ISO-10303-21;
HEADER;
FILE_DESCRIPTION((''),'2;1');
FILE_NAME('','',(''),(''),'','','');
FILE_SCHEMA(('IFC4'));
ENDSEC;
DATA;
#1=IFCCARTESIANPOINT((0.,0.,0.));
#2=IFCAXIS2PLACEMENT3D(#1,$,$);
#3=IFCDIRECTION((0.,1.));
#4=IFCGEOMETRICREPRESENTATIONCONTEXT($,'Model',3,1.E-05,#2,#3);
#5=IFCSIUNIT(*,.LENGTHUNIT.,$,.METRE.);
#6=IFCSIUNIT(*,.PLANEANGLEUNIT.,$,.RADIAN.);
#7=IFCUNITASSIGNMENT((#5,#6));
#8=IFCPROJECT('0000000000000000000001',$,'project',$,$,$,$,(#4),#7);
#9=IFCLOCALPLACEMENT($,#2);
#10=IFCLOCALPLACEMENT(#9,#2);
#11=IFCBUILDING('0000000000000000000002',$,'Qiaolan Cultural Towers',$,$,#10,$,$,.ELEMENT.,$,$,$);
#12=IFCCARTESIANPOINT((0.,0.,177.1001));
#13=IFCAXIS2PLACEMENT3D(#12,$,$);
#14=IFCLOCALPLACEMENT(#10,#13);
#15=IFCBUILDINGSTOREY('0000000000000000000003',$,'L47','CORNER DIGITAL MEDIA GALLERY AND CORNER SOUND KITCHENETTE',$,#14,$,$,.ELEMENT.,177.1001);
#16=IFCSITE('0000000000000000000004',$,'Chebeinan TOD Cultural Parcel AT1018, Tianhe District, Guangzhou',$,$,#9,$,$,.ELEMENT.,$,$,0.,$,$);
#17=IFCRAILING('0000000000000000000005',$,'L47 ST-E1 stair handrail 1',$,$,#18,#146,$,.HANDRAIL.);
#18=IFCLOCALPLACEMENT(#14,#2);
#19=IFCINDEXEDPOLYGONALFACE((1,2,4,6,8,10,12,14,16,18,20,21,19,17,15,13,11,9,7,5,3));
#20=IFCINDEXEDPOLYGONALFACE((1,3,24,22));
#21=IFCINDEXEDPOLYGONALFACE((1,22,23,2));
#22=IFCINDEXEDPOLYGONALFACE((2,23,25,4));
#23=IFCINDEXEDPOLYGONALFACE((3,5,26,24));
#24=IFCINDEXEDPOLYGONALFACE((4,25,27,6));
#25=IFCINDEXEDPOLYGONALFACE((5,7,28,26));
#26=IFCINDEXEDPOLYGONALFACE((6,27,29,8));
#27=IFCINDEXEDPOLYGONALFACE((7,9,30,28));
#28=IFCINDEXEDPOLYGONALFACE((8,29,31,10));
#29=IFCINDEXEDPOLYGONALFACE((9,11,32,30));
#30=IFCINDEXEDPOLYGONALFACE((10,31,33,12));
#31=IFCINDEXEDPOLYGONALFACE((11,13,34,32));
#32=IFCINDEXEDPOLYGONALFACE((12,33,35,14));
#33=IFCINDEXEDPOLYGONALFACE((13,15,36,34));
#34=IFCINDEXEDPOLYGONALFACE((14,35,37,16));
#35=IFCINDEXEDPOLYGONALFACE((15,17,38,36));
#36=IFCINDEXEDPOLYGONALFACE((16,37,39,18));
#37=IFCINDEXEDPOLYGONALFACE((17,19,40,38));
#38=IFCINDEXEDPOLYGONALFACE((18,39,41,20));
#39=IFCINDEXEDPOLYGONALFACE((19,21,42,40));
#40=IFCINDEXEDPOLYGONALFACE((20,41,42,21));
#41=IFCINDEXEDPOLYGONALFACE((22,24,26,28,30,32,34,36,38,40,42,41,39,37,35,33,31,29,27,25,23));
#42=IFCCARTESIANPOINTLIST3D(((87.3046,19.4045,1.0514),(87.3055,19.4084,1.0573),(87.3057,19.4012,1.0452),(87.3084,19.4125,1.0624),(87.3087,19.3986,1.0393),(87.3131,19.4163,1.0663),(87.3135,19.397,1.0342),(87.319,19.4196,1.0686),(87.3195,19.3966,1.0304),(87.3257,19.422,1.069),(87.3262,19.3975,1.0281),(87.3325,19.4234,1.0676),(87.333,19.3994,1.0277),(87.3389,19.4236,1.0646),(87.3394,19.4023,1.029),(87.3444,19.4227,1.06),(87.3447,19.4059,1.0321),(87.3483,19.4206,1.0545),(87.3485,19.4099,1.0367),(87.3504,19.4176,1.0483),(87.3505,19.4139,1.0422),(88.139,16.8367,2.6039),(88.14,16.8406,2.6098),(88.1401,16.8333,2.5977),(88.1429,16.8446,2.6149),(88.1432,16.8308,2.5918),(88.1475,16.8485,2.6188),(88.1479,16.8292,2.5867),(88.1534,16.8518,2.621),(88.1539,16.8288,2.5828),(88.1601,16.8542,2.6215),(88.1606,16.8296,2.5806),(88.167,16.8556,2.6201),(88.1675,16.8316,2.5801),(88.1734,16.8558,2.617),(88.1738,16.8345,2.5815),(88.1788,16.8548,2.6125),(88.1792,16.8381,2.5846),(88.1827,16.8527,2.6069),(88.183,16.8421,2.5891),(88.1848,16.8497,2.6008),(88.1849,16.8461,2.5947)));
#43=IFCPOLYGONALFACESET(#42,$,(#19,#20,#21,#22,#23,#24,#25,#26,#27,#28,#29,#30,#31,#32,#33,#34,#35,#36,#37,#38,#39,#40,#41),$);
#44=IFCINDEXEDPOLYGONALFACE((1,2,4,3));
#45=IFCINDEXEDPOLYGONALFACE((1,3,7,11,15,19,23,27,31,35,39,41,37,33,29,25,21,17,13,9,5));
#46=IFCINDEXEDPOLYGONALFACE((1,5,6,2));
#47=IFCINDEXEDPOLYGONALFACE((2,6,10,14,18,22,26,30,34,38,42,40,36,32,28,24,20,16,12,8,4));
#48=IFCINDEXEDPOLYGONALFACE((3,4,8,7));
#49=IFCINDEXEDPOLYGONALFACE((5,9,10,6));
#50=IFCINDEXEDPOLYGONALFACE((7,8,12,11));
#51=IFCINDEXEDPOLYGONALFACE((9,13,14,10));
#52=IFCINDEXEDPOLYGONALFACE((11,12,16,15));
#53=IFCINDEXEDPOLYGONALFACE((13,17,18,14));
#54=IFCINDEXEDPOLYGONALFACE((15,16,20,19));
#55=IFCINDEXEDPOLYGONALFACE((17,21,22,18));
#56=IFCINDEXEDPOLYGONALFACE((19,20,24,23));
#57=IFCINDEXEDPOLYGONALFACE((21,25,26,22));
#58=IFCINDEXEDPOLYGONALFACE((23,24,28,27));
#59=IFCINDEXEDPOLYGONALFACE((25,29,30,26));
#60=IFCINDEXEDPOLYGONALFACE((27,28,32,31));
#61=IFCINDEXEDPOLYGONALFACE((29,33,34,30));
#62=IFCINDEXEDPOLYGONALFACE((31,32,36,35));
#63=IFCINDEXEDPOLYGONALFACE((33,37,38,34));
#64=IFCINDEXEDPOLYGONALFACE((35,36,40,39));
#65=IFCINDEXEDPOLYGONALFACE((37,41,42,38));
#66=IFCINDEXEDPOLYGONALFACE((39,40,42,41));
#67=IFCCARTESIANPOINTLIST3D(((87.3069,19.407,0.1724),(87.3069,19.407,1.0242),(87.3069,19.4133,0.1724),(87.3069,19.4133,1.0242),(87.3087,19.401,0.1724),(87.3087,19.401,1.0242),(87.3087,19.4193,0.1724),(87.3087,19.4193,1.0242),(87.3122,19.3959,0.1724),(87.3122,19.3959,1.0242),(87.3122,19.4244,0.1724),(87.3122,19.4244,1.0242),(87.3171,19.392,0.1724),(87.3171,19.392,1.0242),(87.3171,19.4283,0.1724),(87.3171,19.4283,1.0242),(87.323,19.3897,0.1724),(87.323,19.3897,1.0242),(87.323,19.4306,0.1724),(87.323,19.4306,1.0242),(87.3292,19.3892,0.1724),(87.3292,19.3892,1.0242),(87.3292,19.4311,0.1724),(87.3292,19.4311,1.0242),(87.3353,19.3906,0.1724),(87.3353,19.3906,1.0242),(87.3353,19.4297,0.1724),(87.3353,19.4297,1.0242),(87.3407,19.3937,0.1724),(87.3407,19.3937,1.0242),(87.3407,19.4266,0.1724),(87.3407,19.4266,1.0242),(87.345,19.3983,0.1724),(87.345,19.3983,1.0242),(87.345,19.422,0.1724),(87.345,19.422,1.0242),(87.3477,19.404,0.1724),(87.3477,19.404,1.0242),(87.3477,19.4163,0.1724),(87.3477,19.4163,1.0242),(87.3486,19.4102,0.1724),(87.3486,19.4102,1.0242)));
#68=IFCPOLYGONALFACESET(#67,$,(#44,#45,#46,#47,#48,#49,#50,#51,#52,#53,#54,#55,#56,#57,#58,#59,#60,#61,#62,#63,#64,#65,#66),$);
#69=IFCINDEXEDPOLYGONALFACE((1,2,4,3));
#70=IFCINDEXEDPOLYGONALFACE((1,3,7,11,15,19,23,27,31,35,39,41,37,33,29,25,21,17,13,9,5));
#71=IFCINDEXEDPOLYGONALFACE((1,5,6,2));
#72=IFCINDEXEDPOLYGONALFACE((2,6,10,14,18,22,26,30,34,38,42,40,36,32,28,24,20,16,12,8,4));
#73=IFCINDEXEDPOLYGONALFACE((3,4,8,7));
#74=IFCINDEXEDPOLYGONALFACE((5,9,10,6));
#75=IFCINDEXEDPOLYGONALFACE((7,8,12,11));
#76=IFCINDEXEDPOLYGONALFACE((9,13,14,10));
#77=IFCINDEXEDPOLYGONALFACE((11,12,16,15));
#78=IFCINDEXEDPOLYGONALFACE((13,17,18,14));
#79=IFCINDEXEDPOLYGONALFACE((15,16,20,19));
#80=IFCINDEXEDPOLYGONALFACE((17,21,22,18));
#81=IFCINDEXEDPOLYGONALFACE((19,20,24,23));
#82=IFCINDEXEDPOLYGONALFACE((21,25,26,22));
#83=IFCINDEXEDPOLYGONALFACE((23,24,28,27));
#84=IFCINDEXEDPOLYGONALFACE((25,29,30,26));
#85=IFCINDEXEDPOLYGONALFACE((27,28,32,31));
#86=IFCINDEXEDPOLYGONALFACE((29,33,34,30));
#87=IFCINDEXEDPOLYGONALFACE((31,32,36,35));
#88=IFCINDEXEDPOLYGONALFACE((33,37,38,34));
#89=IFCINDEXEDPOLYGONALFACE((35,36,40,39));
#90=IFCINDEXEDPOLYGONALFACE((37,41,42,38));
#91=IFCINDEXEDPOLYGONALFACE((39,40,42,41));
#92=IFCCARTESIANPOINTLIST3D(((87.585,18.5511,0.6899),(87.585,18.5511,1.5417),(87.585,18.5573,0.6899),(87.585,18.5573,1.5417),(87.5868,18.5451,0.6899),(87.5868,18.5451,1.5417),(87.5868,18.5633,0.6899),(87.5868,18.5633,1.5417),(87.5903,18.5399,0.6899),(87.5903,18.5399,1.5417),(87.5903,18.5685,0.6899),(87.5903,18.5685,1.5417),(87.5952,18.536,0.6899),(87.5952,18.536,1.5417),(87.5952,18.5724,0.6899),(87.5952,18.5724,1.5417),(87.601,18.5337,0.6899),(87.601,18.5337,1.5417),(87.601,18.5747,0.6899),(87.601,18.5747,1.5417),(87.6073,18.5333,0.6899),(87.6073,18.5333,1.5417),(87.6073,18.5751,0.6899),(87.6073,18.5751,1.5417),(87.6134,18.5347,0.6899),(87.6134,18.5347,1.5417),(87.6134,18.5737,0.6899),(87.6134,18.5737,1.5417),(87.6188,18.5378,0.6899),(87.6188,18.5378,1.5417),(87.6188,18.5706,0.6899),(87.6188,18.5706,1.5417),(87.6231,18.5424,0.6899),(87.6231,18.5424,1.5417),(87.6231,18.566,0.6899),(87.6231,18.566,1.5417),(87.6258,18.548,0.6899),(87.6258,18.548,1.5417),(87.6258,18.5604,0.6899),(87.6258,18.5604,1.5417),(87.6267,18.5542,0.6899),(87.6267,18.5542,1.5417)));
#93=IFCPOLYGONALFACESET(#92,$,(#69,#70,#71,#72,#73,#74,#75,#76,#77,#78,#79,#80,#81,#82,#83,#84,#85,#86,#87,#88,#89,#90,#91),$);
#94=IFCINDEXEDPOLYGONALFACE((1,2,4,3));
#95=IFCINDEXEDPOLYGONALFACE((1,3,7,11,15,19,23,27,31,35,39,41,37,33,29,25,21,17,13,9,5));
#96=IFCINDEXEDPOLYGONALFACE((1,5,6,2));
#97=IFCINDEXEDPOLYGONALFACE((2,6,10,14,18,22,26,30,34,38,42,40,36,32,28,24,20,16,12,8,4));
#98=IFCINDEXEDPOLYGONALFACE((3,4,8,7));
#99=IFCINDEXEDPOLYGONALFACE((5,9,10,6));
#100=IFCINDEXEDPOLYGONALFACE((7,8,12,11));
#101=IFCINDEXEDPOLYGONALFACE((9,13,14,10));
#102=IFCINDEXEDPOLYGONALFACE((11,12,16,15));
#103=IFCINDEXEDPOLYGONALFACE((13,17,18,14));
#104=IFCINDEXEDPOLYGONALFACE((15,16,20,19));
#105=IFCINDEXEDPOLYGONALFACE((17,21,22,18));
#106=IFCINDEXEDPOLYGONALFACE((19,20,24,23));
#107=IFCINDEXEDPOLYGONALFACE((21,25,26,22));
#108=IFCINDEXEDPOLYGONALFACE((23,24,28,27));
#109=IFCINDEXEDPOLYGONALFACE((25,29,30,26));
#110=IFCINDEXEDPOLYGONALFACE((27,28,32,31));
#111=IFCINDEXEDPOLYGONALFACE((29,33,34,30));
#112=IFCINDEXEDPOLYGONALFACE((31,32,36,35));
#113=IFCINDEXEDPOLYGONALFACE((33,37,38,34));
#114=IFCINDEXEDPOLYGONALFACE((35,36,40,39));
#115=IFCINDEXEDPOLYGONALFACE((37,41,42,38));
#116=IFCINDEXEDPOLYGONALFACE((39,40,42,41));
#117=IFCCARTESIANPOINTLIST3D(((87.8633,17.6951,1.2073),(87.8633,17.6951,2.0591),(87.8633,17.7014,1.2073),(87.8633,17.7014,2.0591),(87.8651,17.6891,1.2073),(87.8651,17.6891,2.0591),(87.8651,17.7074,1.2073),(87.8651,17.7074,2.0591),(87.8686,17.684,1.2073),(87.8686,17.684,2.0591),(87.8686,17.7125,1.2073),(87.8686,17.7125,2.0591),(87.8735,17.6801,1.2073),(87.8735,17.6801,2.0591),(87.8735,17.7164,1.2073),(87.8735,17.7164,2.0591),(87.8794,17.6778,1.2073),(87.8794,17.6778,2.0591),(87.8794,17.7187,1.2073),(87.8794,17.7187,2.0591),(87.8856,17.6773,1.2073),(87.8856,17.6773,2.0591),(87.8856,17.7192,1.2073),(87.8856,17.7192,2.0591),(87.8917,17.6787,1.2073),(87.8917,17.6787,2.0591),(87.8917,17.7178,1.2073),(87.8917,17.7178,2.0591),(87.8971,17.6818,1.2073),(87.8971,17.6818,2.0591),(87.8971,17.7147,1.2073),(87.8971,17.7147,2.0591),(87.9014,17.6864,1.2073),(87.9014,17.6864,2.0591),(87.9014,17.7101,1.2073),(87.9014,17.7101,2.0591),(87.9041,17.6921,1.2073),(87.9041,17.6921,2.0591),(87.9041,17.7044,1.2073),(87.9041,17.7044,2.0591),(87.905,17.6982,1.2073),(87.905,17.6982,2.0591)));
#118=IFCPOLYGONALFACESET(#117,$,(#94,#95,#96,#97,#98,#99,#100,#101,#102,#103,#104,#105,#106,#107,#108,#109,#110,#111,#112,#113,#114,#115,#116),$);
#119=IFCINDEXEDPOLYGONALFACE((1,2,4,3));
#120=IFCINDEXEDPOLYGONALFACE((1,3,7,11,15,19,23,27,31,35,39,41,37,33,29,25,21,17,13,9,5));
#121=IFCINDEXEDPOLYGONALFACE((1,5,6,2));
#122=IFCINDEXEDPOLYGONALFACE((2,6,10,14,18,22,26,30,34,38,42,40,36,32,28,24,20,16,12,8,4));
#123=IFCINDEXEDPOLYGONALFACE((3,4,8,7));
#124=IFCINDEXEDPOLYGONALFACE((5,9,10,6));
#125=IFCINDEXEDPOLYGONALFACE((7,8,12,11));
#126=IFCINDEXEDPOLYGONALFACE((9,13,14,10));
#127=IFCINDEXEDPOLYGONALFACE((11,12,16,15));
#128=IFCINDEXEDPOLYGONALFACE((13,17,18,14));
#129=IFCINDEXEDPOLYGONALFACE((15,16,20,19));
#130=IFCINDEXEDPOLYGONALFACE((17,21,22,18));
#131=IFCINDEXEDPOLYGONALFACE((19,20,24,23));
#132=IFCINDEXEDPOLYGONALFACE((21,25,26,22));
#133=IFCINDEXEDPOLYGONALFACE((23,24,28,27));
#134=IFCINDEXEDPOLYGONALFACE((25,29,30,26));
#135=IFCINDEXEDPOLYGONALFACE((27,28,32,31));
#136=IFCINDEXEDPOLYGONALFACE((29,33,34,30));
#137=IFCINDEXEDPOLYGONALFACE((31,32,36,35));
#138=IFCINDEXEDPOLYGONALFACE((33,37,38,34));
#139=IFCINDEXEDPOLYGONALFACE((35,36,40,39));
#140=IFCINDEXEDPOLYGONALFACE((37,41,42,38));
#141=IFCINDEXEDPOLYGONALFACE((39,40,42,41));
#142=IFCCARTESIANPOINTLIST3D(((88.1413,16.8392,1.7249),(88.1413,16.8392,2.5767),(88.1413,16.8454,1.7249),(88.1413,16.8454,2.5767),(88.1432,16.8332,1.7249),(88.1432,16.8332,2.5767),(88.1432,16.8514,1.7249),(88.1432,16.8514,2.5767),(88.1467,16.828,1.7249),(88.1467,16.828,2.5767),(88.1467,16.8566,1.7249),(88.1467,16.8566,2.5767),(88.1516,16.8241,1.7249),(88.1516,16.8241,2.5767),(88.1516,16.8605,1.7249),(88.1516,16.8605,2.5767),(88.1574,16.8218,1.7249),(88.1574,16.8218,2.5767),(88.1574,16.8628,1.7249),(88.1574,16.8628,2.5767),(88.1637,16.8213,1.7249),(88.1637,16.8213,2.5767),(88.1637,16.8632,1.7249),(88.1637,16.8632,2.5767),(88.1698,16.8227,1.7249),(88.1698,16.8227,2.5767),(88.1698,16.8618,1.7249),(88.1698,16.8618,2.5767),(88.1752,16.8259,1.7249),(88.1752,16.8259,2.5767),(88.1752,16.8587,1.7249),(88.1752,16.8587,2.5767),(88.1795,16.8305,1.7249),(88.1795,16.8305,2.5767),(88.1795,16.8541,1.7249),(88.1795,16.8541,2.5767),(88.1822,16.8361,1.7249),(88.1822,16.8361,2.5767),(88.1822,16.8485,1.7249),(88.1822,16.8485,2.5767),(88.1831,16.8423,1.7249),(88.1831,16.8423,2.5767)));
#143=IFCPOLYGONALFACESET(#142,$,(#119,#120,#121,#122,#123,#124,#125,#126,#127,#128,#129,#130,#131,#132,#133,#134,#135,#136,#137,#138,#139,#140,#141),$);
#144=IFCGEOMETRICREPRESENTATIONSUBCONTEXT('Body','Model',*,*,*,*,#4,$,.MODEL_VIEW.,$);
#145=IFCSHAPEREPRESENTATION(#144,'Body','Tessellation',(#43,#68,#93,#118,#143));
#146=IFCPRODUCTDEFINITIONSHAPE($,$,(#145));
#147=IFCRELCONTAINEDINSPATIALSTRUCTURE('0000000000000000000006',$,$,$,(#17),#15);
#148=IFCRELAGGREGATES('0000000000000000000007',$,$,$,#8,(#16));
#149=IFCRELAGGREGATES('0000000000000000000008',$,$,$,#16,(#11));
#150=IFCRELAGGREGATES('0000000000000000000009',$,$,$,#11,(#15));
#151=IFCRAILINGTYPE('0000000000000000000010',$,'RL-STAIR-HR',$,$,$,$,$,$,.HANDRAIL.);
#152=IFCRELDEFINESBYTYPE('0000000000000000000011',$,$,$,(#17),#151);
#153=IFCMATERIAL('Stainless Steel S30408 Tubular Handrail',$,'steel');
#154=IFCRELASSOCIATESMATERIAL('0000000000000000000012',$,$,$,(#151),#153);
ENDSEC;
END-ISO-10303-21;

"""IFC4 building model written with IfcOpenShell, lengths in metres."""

from ifc_helpers import new_model, si_unit, direction, frame, origin, origin_2d, place, context, subcontext, project, spatial, circle, extrude, material, type_object, element, save


model = new_model("IFC4")

# Units and contexts
model_context = context("Model", 3, precision=1e-05, world=origin(), true_north=direction((0.0, 1.0)))
body_context = subcontext(model_context, "Body", "Model", "MODEL_VIEW")
ifc_project = project(units=[si_unit("LENGTHUNIT", "METRE"), si_unit("PLANEANGLEUNIT", "RADIAN")], contexts=[model_context])

# Site, building, storey
site_placement = place(None, origin())
site = spatial("IfcSite", under=ifc_project, at=site_placement, Name="Chebeinan TOD Cultural Parcel AT1018, Tianhe District, Guangzhou", CompositionType="ELEMENT", RefElevation=0.0)
building_placement = place(site_placement, origin())
building = spatial("IfcBuilding", under=site, at=building_placement, Name="Qiaolan Cultural Towers", CompositionType="ELEMENT")
storey_placement = place(building_placement, frame((0.0, 0.0, 177.1001)))
storey = spatial("IfcBuildingStorey", under=building, at=storey_placement, Name="L47", Description="CORNER DIGITAL MEDIA GALLERY AND CORNER SOUND KITCHENETTE", CompositionType="ELEMENT", Elevation=177.1001)

# Railing
ifc_material_1 = material(Name="Stainless Steel S30408 Tubular Handrail", Category="steel")
railing_type_1 = type_object("IfcRailingType", Name="RL-STAIR-HR", PredefinedType="HANDRAIL", material=ifc_material_1)
railing_1_placement = place(storey_placement, frame((87.3276, 19.4102, 0.1724)))
element("IfcRailing", 1, at=railing_1_placement, inside=storey, type_object=railing_type_1, Name="L47 ST-E1 stair handrail 1", PredefinedType="HANDRAIL", context=body_context, shape_type="SweptSolid", body=[
    extrude(circle(Radius=0.0239, at=origin_2d()), frame((0.0, 0.0, 0.876), z_axis=(0.267926, -0.824471, 0.498461), x_axis=(0.951043, 0.309057, 0.0)), (0.0, 0.0, 1.0), 3.1145),
    extrude(circle(Radius=0.021, at=origin_2d()), origin(), (0.0, 0.0, 1.0), 0.8518),
    extrude(circle(Radius=0.021, at=origin_2d()), frame((0.2781, -0.856, 0.5176)), (0.0, 0.0, 1.0), 0.8518),
    extrude(circle(Radius=0.021, at=origin_2d()), frame((0.5564, -1.7119, 1.0349)), (0.0, 0.0, 1.0), 0.8518),
    extrude(circle(Radius=0.021, at=origin_2d()), frame((0.8345, -2.5679, 1.5525)), (0.0, 0.0, 1.0), 0.8518),
])

save(model, "model.ifc")
